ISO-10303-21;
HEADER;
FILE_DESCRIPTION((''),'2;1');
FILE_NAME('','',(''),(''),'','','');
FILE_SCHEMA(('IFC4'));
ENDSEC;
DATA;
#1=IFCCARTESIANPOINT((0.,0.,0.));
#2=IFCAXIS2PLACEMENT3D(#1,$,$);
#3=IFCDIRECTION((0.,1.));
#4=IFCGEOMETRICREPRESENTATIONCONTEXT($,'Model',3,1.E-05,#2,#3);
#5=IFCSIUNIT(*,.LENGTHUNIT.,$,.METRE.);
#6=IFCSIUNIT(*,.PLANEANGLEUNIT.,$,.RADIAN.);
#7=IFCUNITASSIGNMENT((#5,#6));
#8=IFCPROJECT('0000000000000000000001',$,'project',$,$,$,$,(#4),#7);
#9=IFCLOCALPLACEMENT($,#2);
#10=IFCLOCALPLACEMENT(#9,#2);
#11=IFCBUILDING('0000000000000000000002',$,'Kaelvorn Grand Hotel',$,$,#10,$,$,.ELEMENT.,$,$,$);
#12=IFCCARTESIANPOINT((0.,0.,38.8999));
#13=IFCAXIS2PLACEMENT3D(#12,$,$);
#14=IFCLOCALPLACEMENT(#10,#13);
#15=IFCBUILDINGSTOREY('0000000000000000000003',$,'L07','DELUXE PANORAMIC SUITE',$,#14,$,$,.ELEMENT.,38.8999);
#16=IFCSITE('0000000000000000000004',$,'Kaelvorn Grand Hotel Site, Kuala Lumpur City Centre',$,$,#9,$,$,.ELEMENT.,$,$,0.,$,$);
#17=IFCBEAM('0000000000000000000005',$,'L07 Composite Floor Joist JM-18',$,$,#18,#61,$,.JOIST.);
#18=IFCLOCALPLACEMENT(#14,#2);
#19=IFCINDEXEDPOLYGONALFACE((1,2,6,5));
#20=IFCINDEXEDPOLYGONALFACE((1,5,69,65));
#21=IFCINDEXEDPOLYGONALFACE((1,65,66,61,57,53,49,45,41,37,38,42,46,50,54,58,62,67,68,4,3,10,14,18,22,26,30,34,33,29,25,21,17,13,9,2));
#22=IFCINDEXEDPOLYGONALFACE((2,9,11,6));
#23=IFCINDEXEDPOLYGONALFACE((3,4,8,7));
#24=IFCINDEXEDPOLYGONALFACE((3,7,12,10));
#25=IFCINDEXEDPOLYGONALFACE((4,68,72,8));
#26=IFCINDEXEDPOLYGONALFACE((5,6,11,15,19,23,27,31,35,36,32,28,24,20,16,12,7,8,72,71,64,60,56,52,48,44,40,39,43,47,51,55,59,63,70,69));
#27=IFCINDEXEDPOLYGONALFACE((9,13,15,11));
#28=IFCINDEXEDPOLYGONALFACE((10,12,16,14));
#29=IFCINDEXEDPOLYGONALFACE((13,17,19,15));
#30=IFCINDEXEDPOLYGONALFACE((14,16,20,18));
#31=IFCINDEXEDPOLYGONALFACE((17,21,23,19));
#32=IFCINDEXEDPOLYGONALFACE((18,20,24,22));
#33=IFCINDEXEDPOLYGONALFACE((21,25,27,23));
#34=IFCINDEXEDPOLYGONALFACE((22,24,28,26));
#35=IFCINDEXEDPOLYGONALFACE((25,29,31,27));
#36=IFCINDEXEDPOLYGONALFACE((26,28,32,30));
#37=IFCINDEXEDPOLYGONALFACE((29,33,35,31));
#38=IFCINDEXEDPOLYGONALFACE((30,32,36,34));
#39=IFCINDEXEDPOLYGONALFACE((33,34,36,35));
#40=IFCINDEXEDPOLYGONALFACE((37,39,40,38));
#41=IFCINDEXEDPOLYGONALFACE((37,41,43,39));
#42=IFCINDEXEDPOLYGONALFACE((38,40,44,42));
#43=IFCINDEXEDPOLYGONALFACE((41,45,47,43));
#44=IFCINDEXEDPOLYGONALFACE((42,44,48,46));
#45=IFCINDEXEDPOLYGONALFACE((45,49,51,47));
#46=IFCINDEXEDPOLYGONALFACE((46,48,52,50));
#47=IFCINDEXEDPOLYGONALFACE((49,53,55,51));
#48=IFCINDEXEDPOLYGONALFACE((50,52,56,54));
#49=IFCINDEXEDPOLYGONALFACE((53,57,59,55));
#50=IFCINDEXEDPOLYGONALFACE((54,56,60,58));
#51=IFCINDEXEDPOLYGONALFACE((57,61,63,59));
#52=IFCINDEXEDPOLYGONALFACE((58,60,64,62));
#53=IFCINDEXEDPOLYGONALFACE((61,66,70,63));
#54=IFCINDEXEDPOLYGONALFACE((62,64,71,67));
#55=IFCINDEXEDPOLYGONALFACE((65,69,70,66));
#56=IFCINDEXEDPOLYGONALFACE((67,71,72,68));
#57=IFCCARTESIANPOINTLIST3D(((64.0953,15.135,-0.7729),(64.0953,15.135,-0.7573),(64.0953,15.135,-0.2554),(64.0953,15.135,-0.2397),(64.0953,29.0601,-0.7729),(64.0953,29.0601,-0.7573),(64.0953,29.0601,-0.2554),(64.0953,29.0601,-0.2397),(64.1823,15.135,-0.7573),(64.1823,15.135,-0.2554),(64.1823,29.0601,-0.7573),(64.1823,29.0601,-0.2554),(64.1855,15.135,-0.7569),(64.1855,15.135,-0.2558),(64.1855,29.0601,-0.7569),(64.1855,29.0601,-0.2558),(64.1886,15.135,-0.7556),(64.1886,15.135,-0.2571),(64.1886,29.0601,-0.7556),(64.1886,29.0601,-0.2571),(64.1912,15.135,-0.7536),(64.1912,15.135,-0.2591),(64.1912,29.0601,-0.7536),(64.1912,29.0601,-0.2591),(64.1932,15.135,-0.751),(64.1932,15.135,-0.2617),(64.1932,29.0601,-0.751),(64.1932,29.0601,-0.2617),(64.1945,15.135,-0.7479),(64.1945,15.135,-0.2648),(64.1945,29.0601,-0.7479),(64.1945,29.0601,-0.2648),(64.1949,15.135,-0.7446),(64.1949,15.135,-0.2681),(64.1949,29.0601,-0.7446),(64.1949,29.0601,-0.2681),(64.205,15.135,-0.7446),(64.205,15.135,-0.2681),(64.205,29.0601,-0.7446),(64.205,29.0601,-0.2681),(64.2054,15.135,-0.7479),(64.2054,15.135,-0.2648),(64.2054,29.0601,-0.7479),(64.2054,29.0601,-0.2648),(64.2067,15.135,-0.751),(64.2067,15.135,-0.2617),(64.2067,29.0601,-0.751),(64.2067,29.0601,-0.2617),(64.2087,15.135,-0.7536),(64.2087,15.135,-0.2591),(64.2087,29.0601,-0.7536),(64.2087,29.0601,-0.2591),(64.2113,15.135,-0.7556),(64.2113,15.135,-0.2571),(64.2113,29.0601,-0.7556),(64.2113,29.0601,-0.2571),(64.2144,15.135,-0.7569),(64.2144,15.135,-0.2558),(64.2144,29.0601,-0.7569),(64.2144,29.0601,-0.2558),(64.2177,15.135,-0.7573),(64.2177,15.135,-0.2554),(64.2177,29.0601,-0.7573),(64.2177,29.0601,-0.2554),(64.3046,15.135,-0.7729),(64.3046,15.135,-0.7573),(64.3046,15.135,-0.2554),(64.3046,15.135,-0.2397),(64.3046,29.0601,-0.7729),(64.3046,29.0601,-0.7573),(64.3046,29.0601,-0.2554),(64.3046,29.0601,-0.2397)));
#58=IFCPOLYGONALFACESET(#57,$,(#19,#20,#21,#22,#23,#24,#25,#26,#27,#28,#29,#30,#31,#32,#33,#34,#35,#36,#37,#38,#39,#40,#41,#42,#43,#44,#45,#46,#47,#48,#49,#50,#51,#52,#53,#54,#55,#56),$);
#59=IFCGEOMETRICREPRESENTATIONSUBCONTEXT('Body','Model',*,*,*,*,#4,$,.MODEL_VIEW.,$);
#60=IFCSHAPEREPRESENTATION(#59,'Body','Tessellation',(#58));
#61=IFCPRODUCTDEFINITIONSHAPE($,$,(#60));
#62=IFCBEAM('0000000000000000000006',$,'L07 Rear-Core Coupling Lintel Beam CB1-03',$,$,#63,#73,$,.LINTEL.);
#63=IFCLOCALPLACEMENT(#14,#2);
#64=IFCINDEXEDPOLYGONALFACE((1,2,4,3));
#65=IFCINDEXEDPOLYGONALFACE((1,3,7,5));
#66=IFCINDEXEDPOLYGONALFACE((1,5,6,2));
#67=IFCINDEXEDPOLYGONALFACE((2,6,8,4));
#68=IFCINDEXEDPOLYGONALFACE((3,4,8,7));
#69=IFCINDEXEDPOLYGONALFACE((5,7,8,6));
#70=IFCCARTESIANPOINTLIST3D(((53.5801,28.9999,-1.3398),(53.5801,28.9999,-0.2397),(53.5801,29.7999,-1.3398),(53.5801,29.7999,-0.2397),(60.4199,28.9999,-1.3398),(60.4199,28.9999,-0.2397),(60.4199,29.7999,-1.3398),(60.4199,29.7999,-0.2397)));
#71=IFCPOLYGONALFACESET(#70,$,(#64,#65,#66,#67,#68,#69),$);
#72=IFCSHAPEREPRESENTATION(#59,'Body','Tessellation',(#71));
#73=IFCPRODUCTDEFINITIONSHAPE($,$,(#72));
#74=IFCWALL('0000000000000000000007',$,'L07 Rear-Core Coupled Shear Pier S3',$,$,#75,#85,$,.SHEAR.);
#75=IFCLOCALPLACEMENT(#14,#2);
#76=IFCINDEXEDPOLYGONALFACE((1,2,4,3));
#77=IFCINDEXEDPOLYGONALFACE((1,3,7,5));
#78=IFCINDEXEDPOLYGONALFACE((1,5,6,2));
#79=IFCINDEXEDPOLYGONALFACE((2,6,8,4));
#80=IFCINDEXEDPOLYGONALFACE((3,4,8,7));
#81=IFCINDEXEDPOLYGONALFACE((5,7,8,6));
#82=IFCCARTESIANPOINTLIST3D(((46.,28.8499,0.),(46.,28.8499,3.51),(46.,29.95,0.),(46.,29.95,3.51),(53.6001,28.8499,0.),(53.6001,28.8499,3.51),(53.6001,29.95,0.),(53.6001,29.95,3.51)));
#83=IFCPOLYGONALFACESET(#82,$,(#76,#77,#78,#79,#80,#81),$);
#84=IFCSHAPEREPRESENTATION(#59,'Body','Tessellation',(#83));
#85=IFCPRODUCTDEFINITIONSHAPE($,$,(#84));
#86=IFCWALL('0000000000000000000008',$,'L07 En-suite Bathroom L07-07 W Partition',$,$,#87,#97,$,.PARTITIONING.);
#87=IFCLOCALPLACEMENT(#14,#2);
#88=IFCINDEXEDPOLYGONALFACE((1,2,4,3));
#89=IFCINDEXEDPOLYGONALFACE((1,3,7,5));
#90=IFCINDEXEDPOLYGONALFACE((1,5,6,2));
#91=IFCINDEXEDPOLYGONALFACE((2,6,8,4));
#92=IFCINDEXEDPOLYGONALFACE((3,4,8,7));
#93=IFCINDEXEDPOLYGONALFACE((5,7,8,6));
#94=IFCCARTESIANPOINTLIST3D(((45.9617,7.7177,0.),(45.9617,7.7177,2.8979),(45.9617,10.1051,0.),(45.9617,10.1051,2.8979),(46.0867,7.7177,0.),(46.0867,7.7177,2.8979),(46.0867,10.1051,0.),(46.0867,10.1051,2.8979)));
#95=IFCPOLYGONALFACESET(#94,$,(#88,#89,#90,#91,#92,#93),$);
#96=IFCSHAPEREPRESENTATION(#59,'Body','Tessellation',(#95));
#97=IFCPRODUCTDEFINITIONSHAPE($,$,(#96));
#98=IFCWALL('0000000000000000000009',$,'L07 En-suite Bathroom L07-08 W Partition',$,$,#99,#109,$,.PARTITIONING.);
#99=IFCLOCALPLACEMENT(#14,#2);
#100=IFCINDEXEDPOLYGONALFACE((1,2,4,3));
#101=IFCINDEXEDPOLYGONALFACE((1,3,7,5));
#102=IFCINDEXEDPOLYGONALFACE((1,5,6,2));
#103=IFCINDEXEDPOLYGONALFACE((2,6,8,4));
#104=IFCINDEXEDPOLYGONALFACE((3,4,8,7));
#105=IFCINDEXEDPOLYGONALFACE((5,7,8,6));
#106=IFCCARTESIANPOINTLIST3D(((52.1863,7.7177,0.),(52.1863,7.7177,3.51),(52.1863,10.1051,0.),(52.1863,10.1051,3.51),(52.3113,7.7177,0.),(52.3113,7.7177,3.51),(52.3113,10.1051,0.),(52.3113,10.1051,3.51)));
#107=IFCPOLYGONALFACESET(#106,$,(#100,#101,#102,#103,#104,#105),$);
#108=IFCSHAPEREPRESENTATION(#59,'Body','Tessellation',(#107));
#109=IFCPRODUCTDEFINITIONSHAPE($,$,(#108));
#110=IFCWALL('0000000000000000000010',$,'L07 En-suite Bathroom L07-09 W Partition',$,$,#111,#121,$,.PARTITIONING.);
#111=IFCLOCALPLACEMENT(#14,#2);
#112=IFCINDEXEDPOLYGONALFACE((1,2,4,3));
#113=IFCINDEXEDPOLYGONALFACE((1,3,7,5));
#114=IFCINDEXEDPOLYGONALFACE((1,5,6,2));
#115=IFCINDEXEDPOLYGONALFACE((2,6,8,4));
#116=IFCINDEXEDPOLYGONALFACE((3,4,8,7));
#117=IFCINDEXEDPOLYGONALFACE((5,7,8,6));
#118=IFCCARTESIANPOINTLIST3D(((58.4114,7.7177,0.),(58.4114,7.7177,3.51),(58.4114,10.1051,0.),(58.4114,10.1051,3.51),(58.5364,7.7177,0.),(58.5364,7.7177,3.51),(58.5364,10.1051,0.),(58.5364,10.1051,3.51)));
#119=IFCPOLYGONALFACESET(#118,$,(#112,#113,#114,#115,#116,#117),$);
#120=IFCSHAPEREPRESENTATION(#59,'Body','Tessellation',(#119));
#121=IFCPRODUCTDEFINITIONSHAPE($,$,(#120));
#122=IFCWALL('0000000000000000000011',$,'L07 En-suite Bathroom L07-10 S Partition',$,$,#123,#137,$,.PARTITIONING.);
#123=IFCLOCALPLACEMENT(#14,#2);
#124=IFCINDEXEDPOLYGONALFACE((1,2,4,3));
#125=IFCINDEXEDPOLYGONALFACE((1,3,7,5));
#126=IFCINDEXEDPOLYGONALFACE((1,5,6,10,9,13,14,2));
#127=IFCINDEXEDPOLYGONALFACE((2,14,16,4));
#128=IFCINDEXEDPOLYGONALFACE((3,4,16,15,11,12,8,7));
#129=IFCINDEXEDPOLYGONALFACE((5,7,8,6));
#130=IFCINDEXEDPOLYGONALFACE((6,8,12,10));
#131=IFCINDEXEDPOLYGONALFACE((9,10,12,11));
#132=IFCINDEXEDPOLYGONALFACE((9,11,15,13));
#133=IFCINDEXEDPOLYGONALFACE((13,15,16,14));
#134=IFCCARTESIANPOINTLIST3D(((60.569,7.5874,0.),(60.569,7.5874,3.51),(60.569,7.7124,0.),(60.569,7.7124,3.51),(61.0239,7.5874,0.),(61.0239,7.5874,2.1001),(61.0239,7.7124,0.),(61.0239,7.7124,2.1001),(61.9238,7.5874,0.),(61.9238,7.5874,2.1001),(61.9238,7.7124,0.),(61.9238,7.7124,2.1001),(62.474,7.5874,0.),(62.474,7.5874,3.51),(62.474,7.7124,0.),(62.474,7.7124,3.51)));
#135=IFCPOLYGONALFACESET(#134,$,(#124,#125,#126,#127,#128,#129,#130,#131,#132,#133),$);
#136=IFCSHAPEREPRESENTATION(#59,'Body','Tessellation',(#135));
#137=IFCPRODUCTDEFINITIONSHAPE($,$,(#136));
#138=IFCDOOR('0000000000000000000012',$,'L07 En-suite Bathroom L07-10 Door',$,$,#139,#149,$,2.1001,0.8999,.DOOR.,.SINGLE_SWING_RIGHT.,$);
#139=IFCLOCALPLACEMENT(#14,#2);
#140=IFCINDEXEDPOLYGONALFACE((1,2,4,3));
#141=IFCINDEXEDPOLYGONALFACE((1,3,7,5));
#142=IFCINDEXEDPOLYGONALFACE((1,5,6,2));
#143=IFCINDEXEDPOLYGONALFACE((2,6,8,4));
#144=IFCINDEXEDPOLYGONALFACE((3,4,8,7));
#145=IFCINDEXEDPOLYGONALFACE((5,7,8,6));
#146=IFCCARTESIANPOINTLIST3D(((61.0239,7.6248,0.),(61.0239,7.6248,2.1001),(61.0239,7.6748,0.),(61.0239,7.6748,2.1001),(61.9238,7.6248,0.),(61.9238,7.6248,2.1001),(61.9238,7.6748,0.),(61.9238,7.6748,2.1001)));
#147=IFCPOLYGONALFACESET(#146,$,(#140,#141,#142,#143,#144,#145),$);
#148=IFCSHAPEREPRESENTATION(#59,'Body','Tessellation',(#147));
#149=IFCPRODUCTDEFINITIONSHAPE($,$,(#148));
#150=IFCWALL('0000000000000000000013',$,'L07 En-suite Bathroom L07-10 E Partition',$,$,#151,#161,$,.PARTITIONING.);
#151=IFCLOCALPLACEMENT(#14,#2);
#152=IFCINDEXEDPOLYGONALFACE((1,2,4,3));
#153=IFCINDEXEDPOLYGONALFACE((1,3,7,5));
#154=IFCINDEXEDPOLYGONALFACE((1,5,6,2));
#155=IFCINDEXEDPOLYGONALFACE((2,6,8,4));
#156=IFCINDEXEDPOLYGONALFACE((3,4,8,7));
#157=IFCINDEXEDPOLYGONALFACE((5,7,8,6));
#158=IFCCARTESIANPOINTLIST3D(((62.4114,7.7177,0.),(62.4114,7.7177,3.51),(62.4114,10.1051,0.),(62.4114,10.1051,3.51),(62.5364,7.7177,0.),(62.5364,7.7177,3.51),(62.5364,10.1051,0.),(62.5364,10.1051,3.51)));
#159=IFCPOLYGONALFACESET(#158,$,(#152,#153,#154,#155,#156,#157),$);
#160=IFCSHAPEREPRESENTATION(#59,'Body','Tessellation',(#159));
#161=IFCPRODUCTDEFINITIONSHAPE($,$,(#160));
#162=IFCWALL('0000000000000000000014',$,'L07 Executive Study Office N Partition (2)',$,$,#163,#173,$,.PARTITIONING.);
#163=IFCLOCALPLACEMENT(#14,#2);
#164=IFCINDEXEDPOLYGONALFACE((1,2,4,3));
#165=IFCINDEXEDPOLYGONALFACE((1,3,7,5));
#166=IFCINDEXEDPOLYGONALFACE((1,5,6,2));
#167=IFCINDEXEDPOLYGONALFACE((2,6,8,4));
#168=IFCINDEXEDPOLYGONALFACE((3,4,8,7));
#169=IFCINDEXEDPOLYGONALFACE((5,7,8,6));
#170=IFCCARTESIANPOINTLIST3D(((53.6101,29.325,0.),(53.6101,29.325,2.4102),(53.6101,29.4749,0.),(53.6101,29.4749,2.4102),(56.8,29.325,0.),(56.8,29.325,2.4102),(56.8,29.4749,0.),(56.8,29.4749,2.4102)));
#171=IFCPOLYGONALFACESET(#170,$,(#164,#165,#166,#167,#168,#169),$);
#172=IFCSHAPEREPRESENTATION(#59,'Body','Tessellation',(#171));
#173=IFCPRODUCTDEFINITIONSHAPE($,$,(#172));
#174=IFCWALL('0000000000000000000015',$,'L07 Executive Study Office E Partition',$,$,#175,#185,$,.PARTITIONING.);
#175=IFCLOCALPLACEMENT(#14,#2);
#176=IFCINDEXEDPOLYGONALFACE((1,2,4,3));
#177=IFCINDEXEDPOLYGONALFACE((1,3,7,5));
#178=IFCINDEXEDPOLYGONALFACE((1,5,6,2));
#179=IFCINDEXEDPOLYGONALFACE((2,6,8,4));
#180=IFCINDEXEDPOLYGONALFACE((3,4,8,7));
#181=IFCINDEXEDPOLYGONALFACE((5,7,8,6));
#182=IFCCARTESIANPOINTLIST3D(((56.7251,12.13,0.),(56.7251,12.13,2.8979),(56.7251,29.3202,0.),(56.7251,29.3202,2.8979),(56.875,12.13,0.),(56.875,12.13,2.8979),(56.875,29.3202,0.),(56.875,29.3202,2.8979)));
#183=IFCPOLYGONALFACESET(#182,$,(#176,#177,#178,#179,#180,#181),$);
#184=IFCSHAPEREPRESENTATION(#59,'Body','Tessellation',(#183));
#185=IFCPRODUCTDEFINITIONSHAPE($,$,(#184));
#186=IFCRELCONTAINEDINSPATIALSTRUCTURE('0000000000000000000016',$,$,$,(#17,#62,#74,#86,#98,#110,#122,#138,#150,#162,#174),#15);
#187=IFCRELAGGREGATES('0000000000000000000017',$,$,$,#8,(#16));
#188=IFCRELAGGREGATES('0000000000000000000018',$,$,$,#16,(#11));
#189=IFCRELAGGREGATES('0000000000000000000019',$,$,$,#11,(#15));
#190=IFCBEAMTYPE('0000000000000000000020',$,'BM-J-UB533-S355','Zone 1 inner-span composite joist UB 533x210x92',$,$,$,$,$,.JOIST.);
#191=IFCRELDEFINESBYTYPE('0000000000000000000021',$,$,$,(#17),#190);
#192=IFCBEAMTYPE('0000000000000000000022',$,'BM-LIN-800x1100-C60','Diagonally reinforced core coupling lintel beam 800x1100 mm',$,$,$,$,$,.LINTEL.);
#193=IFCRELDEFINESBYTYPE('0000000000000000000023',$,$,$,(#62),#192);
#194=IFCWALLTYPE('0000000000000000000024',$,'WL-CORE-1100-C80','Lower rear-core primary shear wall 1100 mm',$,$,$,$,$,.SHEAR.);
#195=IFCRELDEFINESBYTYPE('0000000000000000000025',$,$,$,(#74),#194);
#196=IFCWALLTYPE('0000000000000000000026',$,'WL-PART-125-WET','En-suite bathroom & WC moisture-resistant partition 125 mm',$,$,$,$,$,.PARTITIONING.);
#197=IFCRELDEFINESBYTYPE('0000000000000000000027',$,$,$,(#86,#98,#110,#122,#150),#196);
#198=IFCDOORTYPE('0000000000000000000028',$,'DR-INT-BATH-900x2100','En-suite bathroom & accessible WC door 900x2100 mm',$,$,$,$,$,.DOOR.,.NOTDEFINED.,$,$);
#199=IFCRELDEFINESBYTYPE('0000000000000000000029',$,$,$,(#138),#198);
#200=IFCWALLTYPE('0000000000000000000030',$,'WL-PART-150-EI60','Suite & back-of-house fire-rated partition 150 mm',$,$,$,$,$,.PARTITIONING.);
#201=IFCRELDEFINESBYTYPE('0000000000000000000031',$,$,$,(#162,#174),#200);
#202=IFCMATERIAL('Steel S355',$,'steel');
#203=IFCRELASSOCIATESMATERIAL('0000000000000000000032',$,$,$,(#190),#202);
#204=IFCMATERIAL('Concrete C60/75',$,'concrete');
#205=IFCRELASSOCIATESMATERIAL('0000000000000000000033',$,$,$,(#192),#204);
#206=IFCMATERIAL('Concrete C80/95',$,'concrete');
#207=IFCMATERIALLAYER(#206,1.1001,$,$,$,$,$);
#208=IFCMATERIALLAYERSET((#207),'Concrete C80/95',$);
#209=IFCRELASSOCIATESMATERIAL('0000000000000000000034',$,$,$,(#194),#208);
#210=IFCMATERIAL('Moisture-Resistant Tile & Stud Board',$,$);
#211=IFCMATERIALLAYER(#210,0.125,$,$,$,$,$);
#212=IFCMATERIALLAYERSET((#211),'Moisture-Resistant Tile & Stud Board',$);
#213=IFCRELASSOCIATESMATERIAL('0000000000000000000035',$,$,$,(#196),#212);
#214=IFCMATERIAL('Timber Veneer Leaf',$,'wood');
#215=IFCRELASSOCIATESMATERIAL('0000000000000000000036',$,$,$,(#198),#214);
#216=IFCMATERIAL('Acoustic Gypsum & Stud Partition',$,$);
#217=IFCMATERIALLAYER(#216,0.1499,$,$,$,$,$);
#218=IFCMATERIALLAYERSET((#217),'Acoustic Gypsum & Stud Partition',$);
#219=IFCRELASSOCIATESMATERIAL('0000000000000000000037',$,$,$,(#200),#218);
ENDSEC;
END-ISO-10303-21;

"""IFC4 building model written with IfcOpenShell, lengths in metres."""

from ifc_helpers import new_model, si_unit, direction, frame, frame_2d, origin, origin_2d, place, context, subcontext, project, spatial, rectangle, i_section, extrude, material, layer, layer_set, material_profile, profile_set, type_object, element, fill, save


model = new_model("IFC4")

# Units and contexts
model_context = context("Model", 3, precision=1e-05, world=origin(), true_north=direction((0.0, 1.0)))
body_context = subcontext(model_context, "Body", "Model", "MODEL_VIEW")
ifc_project = project(units=[si_unit("LENGTHUNIT", "METRE"), si_unit("PLANEANGLEUNIT", "RADIAN")], contexts=[model_context])

# Site, building, storey
site_placement = place(None, origin())
site = spatial("IfcSite", under=ifc_project, at=site_placement, Name="Kaelvorn Grand Hotel Site, Kuala Lumpur City Centre", CompositionType="ELEMENT", RefElevation=0.0)
building_placement = place(site_placement, origin())
building = spatial("IfcBuilding", under=site, at=building_placement, Name="Kaelvorn Grand Hotel", CompositionType="ELEMENT")
storey_placement = place(building_placement, frame((0.0, 0.0, 38.8999)))
storey = spatial("IfcBuildingStorey", under=building, at=storey_placement, Name="L07", Description="DELUXE PANORAMIC SUITE", CompositionType="ELEMENT", Elevation=38.8999)

# Shared definitions
ifc_material_1 = material(Name="Concrete C80/95", Category="concrete")

# Beams
ifc_material_2 = material(Name="Steel S355", Category="steel")
ifc_material_profile_1 = material_profile(ifc_material_2, i_section(OverallWidth=0.2092, OverallDepth=0.5332, WebThickness=0.01, FlangeThickness=0.0156, FilletRadius=0.0127, at=origin_2d()), Name="UB 533x210x92")
ifc_profile_set_1 = profile_set([ifc_material_profile_1], Name="Steel S355")
beam_type_1 = type_object("IfcBeamType", Name="BM-J-UB533-S355", Description="Zone 1 inner-span composite joist UB 533x210x92", PredefinedType="JOIST", material=ifc_profile_set_1)
beam_1_placement = place(storey_placement, frame((64.2, 15.135, -0.5063), z_axis=(0.0, 1.0, 0.0), x_axis=(-1.0, 0.0, 0.0)))
element("IfcBeam", 1, at=beam_1_placement, inside=storey, type_object=beam_type_1, Name="L07 Composite Floor Joist JM-18", PredefinedType="JOIST", context=body_context, shape_type="SweptSolid", body=[
    extrude(i_section(OverallWidth=0.2092, OverallDepth=0.5332, WebThickness=0.01, FlangeThickness=0.0156, FilletRadius=0.0127, at=origin_2d()), origin(), (0.0, 0.0, 1.0), 13.925),
])
ifc_material_3 = material(Name="Concrete C60/75", Category="concrete")
ifc_material_profile_2 = material_profile(ifc_material_3, rectangle(XDim=0.8, YDim=1.1001, at=origin_2d()), Name="RC LINTEL 800x1100")
ifc_profile_set_2 = profile_set([ifc_material_profile_2], Name="Concrete C60/75")
beam_type_2 = type_object("IfcBeamType", Name="BM-LIN-800x1100-C60", Description="Diagonally reinforced core coupling lintel beam 800x1100 mm", PredefinedType="LINTEL", material=ifc_profile_set_2)
beam_2_placement = place(storey_placement, frame((53.5801, 29.3999, -0.7898), z_axis=(1.0, 0.0, 0.0), x_axis=(0.0, 1.0, 0.0)))
element("IfcBeam", 2, at=beam_2_placement, inside=storey, type_object=beam_type_2, Name="L07 Rear-Core Coupling Lintel Beam CB1-03", PredefinedType="LINTEL", context=body_context, shape_type="SweptSolid", body=[
    extrude(rectangle(XDim=0.8, YDim=1.1001, at=origin_2d()), origin(), (0.0, 0.0, 1.0), 6.8398),
])

# Walls
ifc_layer_1 = layer(ifc_material_1, 1.1001)
ifc_layer_set_1 = layer_set([ifc_layer_1], Name="Concrete C80/95")
wall_type_1 = type_object("IfcWallType", Name="WL-CORE-1100-C80", Description="Lower rear-core primary shear wall 1100 mm", PredefinedType="SHEAR", material=ifc_layer_set_1)
wall_1_placement = place(storey_placement, frame((46.0, 29.3999, 0.0), z_axis=(0.0, 0.0, 1.0), x_axis=(1.0, 0.0, 0.0)))
element("IfcWall", 3, at=wall_1_placement, inside=storey, type_object=wall_type_1, Name="L07 Rear-Core Coupled Shear Pier S3", PredefinedType="SHEAR", context=body_context, shape_type="SweptSolid", body=[
    extrude(rectangle(XDim=7.6001, YDim=1.1001, at=frame_2d((3.8, 0.0))), origin(), (0.0, 0.0, 1.0), 3.51),
])
ifc_material_4 = material(Name="Moisture-Resistant Tile & Stud Board")
ifc_layer_2 = layer(ifc_material_4, 0.125)
ifc_layer_set_2 = layer_set([ifc_layer_2], Name="Moisture-Resistant Tile & Stud Board")
wall_type_2 = type_object("IfcWallType", Name="WL-PART-125-WET", Description="En-suite bathroom & WC moisture-resistant partition 125 mm", PredefinedType="PARTITIONING", material=ifc_layer_set_2)
wall_2_placement = place(storey_placement, frame((46.0242, 7.7175, 0.0), z_axis=(0.0, 0.0, 1.0), x_axis=(0.0, 1.0, 0.0)))
element("IfcWall", 4, at=wall_2_placement, inside=storey, type_object=wall_type_2, Name="L07 En-suite Bathroom L07-07 W Partition", PredefinedType="PARTITIONING", context=body_context, shape_type="SweptSolid", body=[
    extrude(rectangle(XDim=2.3875, YDim=0.125, at=frame_2d((1.1938, 0.0))), origin(), (0.0, 0.0, 1.0), 2.8979),
])
for number, where, z_axis, x_axis, name in (
    (5, (52.2488, 7.7175, 0.0), (0.0, 0.0, 1.0), (0.0, 1.0, 0.0), "L07 En-suite Bathroom L07-08 W Partition"),
    (6, (58.4739, 7.7175, 0.0), (0.0, 0.0, 1.0), (0.0, 1.0, 0.0), "L07 En-suite Bathroom L07-09 W Partition"),
):
    element("IfcWall", number, at=place(storey_placement, frame(where, z_axis=z_axis, x_axis=x_axis)), inside=storey, type_object=wall_type_2, Name=name, PredefinedType="PARTITIONING", context=body_context, shape_type="SweptSolid", body=[
        extrude(rectangle(XDim=2.3875, YDim=0.125, at=frame_2d((1.1938, 0.0))), origin(), (0.0, 0.0, 1.0), 3.51),
    ])

# Wall, opening, door
wall_3_placement = place(storey_placement, frame((60.5688, 7.6499, 0.0), z_axis=(0.0, 0.0, 1.0), x_axis=(1.0, 0.0, 0.0)))
wall_3 = element("IfcWall", 7, at=wall_3_placement, inside=storey, type_object=wall_type_2, Name="L07 En-suite Bathroom L07-10 S Partition", PredefinedType="PARTITIONING", context=body_context, shape_type="SweptSolid", body=[
    extrude(rectangle(XDim=1.905, YDim=0.125, at=frame_2d((0.9526, 0.0))), origin(), (0.0, 0.0, 1.0), 3.51),
])
opening_1_placement = place(wall_3_placement, frame((0.4551, 0.0, 0.0)))
opening_1 = element("IfcOpeningElement", 8, at=opening_1_placement, cuts=wall_3, PredefinedType="OPENING", context=body_context, shape_type="SweptSolid", body=[
    extrude(rectangle(XDim=0.8999, YDim=2.1001, at=frame_2d((0.45, 1.05))), frame((0.0, 0.0725, 0.0), z_axis=(0.0, -1.0, 0.0), x_axis=(1.0, 0.0, 0.0)), (0.0, 0.0, 1.0), 0.145),
])
ifc_material_5 = material(Name="Timber Veneer Leaf", Category="wood")
door_type_1 = type_object("IfcDoorType", Name="DR-INT-BATH-900x2100", Description="En-suite bathroom & accessible WC door 900x2100 mm", OperationType="NOTDEFINED", PredefinedType="DOOR", material=ifc_material_5)
door_1_placement = place(opening_1_placement, origin())
door_1 = element("IfcDoor", 9, at=door_1_placement, inside=storey, type_object=door_type_1, Name="L07 En-suite Bathroom L07-10 Door", OperationType="SINGLE_SWING_RIGHT", OverallHeight=2.1001, OverallWidth=0.8999, PredefinedType="DOOR", context=body_context, shape_type="SweptSolid", body=[
    extrude(rectangle(XDim=0.8999, YDim=2.1001, at=frame_2d((0.45, 1.05))), frame((0.0, 0.0249, 0.0), z_axis=(0.0, -1.0, 0.0), x_axis=(1.0, 0.0, 0.0)), (0.0, 0.0, 1.0), 0.05),
])
fill(opening_1, door_1)

# Walls
wall_4_placement = place(storey_placement, frame((62.4739, 7.7175, 0.0), z_axis=(0.0, 0.0, 1.0), x_axis=(0.0, 1.0, 0.0)))
element("IfcWall", 10, at=wall_4_placement, inside=storey, type_object=wall_type_2, Name="L07 En-suite Bathroom L07-10 E Partition", PredefinedType="PARTITIONING", context=body_context, shape_type="SweptSolid", body=[
    extrude(rectangle(XDim=2.3875, YDim=0.125, at=frame_2d((1.1938, 0.0))), origin(), (0.0, 0.0, 1.0), 3.51),
])
ifc_material_6 = material(Name="Acoustic Gypsum & Stud Partition")
ifc_layer_3 = layer(ifc_material_6, 0.1499)
ifc_layer_set_3 = layer_set([ifc_layer_3], Name="Acoustic Gypsum & Stud Partition")
wall_type_3 = type_object("IfcWallType", Name="WL-PART-150-EI60", Description="Suite & back-of-house fire-rated partition 150 mm", PredefinedType="PARTITIONING", material=ifc_layer_set_3)
wall_5_placement = place(storey_placement, frame((53.6101, 29.3999, 0.0), z_axis=(0.0, 0.0, 1.0), x_axis=(1.0, 0.0, 0.0)))
element("IfcWall", 11, at=wall_5_placement, inside=storey, type_object=wall_type_3, Name="L07 Executive Study Office N Partition (2)", PredefinedType="PARTITIONING", context=body_context, shape_type="SweptSolid", body=[
    extrude(rectangle(XDim=3.1899, YDim=0.1499, at=frame_2d((1.595, 0.0))), origin(), (0.0, 0.0, 1.0), 2.4102),
])
wall_6_placement = place(storey_placement, frame((56.8, 12.1299, 0.0), z_axis=(0.0, 0.0, 1.0), x_axis=(0.0, 1.0, 0.0)))
element("IfcWall", 12, at=wall_6_placement, inside=storey, type_object=wall_type_3, Name="L07 Executive Study Office E Partition", PredefinedType="PARTITIONING", context=body_context, shape_type="SweptSolid", body=[
    extrude(rectangle(XDim=17.1902, YDim=0.1499, at=frame_2d((8.5952, 0.0))), origin(), (0.0, 0.0, 1.0), 2.8979),
])

save(model, "model.ifc")
